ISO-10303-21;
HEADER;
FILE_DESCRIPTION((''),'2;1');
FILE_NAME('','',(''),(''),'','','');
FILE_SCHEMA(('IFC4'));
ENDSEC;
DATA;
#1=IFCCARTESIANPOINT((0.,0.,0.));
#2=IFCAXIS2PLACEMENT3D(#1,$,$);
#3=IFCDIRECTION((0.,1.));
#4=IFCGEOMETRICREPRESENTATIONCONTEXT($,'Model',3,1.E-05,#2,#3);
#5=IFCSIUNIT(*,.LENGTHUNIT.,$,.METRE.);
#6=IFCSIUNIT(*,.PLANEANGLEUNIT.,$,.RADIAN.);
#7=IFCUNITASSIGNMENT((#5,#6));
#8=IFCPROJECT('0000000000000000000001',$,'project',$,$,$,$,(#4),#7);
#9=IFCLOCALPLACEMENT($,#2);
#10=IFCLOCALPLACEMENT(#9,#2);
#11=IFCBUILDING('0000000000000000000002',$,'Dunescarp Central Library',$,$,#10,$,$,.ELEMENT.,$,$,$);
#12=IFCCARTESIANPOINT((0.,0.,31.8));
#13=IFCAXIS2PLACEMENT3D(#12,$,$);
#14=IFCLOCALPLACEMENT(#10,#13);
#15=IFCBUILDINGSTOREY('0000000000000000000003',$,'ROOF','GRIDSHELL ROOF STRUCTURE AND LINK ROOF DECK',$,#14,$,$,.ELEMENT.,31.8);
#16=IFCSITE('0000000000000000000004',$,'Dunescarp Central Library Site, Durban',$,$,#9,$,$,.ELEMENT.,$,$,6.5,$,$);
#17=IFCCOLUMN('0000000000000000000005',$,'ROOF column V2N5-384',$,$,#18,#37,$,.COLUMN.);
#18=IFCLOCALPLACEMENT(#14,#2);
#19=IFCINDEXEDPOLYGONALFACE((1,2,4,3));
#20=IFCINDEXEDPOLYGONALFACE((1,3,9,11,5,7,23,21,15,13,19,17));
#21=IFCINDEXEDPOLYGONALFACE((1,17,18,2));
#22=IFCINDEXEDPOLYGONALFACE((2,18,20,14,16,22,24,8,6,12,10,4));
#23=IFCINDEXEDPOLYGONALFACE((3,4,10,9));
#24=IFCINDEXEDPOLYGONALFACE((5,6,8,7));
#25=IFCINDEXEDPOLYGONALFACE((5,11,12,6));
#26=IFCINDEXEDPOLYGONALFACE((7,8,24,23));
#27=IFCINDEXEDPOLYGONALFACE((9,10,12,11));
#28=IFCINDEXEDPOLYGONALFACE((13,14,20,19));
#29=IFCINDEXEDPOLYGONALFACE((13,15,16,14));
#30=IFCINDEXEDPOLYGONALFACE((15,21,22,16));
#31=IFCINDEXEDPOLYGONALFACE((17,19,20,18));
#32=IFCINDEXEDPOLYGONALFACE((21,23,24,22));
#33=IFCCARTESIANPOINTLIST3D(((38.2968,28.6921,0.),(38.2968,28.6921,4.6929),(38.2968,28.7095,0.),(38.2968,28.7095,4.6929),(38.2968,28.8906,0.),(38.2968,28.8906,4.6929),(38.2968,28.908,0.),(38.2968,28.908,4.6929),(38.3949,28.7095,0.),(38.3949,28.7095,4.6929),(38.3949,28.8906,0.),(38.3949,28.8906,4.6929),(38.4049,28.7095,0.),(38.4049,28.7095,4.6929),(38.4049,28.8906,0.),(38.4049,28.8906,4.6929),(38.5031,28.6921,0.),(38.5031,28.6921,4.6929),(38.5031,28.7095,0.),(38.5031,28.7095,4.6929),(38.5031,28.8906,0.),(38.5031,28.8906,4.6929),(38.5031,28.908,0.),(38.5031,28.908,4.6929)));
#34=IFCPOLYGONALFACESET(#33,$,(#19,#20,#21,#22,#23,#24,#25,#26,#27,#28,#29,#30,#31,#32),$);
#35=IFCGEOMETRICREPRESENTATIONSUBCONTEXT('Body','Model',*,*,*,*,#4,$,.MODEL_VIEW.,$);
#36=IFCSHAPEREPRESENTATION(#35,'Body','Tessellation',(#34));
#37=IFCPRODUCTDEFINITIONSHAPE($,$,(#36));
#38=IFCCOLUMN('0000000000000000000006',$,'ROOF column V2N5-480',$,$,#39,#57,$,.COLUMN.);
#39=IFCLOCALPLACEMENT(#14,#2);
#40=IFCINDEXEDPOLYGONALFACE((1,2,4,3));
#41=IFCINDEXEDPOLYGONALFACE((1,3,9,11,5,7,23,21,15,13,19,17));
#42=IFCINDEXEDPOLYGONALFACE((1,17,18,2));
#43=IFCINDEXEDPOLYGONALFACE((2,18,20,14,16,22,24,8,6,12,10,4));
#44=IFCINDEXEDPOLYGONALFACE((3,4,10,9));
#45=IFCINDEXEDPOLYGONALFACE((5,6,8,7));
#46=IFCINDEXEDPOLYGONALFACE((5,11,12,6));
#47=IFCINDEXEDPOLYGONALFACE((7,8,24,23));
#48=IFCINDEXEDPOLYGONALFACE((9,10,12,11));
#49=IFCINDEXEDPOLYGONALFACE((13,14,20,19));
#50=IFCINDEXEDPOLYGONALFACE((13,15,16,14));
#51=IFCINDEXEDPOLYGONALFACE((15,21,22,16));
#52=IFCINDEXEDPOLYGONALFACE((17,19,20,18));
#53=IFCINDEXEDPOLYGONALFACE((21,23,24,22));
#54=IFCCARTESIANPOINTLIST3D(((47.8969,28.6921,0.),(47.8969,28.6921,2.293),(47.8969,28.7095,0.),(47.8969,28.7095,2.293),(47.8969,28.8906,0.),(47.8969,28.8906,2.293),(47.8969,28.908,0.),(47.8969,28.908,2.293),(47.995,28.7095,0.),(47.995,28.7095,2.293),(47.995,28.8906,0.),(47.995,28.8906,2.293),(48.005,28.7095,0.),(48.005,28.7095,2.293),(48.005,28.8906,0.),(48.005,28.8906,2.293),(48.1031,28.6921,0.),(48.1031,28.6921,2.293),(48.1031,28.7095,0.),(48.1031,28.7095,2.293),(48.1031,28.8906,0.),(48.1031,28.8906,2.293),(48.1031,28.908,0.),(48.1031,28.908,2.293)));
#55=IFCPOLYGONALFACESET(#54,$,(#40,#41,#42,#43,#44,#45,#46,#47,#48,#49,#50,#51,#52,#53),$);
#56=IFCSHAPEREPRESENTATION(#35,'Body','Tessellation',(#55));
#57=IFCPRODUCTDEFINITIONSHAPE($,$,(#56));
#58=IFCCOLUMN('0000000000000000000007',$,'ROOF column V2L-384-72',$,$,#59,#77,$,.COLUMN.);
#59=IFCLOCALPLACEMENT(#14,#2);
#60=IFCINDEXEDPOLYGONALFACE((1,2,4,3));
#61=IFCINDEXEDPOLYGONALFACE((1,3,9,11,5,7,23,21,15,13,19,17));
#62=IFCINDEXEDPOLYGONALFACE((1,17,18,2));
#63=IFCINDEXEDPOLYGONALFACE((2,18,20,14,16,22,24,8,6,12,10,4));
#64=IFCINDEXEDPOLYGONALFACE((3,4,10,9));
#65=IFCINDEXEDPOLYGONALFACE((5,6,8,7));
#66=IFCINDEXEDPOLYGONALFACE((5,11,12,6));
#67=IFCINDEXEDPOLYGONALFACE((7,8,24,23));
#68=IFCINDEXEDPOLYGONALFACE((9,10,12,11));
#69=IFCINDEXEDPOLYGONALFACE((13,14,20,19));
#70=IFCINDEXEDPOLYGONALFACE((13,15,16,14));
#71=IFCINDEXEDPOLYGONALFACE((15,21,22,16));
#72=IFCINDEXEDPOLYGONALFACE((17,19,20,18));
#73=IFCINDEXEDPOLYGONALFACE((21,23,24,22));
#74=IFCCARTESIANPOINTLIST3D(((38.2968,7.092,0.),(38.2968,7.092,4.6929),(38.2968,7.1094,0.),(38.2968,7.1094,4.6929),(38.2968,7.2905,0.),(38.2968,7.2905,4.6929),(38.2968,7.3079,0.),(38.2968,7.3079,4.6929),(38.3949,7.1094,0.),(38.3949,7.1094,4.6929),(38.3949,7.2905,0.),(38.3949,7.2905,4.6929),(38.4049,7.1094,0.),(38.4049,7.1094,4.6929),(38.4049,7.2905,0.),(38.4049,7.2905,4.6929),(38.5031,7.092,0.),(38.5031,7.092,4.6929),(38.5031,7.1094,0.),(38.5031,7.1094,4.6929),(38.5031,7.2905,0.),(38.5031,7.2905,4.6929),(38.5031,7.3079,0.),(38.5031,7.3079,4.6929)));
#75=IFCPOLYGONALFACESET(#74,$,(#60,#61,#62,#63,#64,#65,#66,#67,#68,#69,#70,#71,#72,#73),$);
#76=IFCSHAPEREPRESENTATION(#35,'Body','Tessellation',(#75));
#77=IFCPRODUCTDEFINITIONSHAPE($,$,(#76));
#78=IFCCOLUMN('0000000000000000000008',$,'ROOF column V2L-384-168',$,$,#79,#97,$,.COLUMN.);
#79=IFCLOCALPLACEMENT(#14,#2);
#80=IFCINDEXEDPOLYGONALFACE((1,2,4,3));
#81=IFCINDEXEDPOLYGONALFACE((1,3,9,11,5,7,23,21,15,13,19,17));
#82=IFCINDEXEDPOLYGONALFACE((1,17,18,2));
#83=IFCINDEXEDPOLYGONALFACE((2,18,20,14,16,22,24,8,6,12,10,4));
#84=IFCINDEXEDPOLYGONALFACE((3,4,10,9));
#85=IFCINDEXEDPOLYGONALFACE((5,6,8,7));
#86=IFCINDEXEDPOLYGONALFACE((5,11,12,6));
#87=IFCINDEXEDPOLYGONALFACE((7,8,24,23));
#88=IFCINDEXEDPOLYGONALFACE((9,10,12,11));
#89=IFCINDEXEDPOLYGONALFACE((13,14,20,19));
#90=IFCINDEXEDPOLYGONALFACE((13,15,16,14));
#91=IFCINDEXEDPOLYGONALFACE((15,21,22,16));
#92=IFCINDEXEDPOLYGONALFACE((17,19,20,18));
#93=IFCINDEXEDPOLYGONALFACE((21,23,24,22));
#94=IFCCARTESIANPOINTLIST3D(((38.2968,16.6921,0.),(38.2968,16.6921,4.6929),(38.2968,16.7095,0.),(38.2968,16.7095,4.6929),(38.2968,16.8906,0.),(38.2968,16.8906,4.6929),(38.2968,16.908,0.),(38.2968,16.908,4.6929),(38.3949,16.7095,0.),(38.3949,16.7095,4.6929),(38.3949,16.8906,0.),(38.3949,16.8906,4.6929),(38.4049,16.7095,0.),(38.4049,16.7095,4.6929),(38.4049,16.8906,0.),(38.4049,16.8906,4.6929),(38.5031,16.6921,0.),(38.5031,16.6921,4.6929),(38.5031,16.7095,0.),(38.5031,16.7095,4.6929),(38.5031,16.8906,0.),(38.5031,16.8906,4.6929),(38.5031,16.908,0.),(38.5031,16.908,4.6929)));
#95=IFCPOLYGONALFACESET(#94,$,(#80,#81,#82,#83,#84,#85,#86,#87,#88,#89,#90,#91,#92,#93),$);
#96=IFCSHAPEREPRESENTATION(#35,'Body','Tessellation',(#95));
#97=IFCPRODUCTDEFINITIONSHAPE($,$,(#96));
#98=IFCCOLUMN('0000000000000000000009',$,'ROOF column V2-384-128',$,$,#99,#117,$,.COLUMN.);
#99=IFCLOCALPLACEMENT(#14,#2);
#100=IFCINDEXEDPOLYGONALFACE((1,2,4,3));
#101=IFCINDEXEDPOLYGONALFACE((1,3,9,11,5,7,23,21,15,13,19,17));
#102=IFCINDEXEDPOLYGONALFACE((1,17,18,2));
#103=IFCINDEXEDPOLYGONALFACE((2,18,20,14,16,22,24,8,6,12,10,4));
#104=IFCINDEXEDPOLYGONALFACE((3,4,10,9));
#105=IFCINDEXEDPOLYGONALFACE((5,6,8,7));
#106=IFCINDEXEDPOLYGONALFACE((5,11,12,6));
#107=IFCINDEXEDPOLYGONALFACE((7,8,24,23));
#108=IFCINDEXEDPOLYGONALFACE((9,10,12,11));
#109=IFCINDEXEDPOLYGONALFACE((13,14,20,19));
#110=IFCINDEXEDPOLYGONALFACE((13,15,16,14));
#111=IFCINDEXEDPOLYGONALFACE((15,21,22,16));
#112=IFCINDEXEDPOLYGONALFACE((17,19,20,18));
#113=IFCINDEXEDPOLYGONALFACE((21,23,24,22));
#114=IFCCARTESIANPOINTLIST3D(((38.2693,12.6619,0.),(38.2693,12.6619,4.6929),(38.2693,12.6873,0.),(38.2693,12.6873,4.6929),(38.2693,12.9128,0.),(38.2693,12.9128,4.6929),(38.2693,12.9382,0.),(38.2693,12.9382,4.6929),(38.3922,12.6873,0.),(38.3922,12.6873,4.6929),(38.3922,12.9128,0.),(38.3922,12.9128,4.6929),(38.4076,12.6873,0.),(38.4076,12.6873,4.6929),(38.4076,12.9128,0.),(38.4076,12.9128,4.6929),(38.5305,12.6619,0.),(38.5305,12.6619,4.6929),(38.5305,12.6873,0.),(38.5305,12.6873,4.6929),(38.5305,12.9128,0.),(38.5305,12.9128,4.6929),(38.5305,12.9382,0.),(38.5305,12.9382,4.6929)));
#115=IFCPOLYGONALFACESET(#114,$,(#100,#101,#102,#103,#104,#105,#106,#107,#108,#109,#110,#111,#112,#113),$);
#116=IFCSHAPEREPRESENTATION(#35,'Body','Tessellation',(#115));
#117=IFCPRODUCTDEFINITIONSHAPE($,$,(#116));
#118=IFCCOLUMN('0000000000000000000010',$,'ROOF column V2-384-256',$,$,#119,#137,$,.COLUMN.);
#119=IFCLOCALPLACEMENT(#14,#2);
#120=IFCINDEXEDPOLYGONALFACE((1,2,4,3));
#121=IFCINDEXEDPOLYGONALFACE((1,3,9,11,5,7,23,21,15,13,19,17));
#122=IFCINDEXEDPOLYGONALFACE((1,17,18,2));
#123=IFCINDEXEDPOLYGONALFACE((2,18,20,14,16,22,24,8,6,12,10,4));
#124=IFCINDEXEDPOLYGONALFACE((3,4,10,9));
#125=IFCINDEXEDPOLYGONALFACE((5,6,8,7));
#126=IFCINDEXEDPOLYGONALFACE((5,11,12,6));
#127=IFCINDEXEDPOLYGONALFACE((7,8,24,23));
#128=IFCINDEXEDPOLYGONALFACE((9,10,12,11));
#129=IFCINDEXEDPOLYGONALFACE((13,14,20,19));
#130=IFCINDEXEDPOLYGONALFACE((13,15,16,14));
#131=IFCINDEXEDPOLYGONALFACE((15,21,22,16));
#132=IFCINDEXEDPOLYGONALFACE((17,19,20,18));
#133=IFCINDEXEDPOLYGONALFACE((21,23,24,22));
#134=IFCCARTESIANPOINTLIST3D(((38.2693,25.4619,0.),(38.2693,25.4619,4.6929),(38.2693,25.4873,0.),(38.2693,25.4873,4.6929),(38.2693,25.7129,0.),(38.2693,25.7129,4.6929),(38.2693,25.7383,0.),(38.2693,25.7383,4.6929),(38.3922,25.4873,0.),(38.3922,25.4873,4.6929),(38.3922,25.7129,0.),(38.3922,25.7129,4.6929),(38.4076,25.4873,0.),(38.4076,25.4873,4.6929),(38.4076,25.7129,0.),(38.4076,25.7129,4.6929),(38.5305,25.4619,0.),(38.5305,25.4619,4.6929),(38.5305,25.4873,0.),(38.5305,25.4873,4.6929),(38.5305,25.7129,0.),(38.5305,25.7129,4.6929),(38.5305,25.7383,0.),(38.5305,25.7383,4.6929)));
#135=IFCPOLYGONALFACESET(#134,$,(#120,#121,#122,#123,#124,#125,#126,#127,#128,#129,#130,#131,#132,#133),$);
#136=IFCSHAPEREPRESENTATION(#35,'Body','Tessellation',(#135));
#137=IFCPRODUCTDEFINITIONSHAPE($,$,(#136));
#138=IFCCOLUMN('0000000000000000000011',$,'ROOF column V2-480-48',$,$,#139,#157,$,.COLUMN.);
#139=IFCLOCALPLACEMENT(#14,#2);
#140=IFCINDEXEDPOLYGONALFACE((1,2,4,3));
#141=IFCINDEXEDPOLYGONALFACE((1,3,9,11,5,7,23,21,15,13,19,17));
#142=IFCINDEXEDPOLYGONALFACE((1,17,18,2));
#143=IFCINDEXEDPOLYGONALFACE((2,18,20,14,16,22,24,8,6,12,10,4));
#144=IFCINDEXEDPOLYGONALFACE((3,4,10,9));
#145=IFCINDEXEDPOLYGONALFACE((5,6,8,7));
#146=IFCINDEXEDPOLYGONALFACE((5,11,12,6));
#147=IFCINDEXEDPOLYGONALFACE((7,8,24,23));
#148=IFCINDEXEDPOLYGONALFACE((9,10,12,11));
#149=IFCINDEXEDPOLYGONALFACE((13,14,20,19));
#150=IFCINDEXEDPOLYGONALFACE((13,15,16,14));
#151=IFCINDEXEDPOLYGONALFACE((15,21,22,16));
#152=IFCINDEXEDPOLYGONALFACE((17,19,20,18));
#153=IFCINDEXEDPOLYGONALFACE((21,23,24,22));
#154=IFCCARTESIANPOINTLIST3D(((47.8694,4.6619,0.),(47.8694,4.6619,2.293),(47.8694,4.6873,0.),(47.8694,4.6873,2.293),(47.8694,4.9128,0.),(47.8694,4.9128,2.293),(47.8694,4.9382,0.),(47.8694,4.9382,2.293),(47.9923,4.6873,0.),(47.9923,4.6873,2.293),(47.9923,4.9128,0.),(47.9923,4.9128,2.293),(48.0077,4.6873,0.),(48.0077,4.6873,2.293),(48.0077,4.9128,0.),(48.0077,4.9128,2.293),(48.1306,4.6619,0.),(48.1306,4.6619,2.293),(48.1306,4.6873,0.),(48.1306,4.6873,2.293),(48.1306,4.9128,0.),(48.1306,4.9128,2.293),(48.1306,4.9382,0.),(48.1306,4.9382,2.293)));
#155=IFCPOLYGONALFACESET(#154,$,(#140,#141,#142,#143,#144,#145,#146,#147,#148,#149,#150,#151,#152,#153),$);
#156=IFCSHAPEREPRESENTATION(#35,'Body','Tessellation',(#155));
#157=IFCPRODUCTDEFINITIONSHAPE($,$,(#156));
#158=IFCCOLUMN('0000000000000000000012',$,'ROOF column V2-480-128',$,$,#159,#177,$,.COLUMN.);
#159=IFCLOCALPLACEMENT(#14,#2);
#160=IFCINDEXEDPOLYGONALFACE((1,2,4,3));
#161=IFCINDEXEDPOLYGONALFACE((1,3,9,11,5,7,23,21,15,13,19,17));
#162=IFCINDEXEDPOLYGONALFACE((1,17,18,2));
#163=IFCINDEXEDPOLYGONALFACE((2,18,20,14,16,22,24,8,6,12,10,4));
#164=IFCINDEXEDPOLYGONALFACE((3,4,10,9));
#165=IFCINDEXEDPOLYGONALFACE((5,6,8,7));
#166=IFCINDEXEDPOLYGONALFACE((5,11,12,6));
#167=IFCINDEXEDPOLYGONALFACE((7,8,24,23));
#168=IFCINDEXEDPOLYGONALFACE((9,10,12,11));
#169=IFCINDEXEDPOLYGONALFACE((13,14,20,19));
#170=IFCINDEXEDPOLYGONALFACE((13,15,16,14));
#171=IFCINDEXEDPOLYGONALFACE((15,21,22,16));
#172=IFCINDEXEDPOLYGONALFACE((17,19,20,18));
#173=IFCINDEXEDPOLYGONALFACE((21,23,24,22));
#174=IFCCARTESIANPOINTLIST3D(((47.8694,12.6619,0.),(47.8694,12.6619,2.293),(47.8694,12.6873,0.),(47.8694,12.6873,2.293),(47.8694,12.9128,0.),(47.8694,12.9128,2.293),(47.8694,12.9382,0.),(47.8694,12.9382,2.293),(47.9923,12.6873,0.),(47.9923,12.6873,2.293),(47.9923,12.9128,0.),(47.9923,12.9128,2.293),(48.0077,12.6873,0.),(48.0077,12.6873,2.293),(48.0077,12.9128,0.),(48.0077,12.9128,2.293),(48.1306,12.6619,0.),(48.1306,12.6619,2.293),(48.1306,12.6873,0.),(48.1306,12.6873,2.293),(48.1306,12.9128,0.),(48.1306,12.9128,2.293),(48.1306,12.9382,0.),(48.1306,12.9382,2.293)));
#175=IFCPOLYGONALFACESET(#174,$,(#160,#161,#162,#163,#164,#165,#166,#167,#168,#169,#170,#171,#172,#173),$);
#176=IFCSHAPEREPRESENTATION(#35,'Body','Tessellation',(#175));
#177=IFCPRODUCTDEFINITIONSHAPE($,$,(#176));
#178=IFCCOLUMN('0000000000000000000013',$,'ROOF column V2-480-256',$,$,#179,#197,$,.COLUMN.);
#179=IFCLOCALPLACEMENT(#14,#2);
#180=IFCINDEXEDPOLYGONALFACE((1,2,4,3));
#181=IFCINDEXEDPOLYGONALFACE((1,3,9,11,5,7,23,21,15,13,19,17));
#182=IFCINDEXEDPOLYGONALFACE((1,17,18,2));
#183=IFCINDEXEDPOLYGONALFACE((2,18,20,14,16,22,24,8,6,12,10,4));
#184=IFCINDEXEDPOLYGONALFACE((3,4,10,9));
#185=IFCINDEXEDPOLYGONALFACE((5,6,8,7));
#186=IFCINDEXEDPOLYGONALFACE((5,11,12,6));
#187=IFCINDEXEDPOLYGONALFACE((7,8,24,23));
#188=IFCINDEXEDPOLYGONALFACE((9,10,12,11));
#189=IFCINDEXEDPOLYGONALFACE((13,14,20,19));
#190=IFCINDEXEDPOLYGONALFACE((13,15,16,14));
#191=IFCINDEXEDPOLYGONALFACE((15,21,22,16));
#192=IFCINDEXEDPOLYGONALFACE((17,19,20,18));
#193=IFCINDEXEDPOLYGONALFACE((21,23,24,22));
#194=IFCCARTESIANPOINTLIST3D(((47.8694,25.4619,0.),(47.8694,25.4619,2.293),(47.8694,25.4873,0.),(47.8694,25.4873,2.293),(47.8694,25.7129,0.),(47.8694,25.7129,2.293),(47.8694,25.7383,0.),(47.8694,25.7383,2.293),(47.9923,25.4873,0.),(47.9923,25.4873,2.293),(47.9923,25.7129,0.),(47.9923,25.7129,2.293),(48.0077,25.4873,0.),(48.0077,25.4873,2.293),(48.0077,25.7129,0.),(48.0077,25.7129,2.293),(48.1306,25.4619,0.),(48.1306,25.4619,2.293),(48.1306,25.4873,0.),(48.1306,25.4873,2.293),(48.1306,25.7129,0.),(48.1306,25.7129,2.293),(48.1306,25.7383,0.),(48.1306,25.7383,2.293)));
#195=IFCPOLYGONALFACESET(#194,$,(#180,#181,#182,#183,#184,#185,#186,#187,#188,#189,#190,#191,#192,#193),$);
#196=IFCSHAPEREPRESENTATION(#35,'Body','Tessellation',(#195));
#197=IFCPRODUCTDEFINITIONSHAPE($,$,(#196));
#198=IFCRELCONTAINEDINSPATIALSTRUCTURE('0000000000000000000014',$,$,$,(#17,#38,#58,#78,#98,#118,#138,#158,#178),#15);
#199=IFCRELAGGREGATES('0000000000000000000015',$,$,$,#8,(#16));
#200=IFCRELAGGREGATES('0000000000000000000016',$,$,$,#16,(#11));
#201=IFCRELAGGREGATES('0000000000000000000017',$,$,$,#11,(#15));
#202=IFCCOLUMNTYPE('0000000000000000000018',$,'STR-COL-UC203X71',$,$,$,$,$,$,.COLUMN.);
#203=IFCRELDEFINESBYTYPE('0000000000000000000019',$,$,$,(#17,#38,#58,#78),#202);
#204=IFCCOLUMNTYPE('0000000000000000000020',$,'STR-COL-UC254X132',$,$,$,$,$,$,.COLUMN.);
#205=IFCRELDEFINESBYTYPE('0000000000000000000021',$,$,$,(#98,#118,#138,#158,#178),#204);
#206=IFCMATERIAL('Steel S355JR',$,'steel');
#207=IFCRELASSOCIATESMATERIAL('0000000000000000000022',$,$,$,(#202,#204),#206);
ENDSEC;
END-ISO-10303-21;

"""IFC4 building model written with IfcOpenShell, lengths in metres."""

from ifc_helpers import new_model, si_unit, direction, frame, origin, origin_2d, place, context, subcontext, project, spatial, i_section, extrude, material, material_profile, profile_set, type_object, element, save


model = new_model("IFC4")

# Units and contexts
model_context = context("Model", 3, precision=1e-05, world=origin(), true_north=direction((0.0, 1.0)))
body_context = subcontext(model_context, "Body", "Model", "MODEL_VIEW")
ifc_project = project(units=[si_unit("LENGTHUNIT", "METRE"), si_unit("PLANEANGLEUNIT", "RADIAN")], contexts=[model_context])

# Site, building, storey
site_placement = place(None, origin())
site = spatial("IfcSite", under=ifc_project, at=site_placement, Name="Dunescarp Central Library Site, Durban", CompositionType="ELEMENT", RefElevation=6.5)
building_placement = place(site_placement, origin())
building = spatial("IfcBuilding", under=site, at=building_placement, Name="Dunescarp Central Library", CompositionType="ELEMENT")
storey_placement = place(building_placement, frame((0.0, 0.0, 31.8)))
storey = spatial("IfcBuildingStorey", under=building, at=storey_placement, Name="ROOF", Description="GRIDSHELL ROOF STRUCTURE AND LINK ROOF DECK", CompositionType="ELEMENT", Elevation=31.8)

# Columns
ifc_material_1 = material(Name="Steel S355JR", Category="steel")
ifc_material_profile_1 = material_profile(ifc_material_1, i_section(OverallWidth=0.2063, OverallDepth=0.2158, WebThickness=0.01, FlangeThickness=0.0173, at=origin_2d()), Name="UC 203x203x71")
ifc_profile_set_1 = profile_set([ifc_material_profile_1], Name="Steel S355JR")
column_type_1 = type_object("IfcColumnType", Name="STR-COL-UC203X71", PredefinedType="COLUMN", material=ifc_profile_set_1)
column_1_placement = place(storey_placement, frame((38.3999, 28.8, 0.0), z_axis=(0.0, 0.0, 1.0), x_axis=(1.0, 0.0, 0.0)))
element("IfcColumn", 1, at=column_1_placement, inside=storey, type_object=column_type_1, Name="ROOF column V2N5-384", PredefinedType="COLUMN", context=body_context, shape_type="SweptSolid", body=[
    extrude(i_section(OverallWidth=0.2063, OverallDepth=0.2158, WebThickness=0.01, FlangeThickness=0.0173, at=origin_2d()), origin(), (0.0, 0.0, 1.0), 4.6929),
])
column_2_placement = place(storey_placement, frame((48.0, 28.8, 0.0), z_axis=(0.0, 0.0, 1.0), x_axis=(1.0, 0.0, 0.0)))
element("IfcColumn", 2, at=column_2_placement, inside=storey, type_object=column_type_1, Name="ROOF column V2N5-480", PredefinedType="COLUMN", context=body_context, shape_type="SweptSolid", body=[
    extrude(i_section(OverallWidth=0.2063, OverallDepth=0.2158, WebThickness=0.01, FlangeThickness=0.0173, at=origin_2d()), origin(), (0.0, 0.0, 1.0), 2.293),
])
for number, where, z_axis, x_axis, name in (
    (3, (38.3999, 7.2, 0.0), (0.0, 0.0, 1.0), (1.0, 0.0, 0.0), "ROOF column V2L-384-72"),
    (4, (38.3999, 16.8, 0.0), (0.0, 0.0, 1.0), (1.0, 0.0, 0.0), "ROOF column V2L-384-168"),
):
    element("IfcColumn", number, at=place(storey_placement, frame(where, z_axis=z_axis, x_axis=x_axis)), inside=storey, type_object=column_type_1, Name=name, PredefinedType="COLUMN", context=body_context, shape_type="SweptSolid", body=[
        extrude(i_section(OverallWidth=0.2063, OverallDepth=0.2158, WebThickness=0.01, FlangeThickness=0.0173, at=origin_2d()), origin(), (0.0, 0.0, 1.0), 4.6929),
    ])
ifc_material_profile_2 = material_profile(ifc_material_1, i_section(OverallWidth=0.2612, OverallDepth=0.2764, WebThickness=0.0154, FlangeThickness=0.0254, at=origin_2d()), Name="UC 254x254x132")
ifc_profile_set_2 = profile_set([ifc_material_profile_2], Name="Steel S355JR")
column_type_2 = type_object("IfcColumnType", Name="STR-COL-UC254X132", PredefinedType="COLUMN", material=ifc_profile_set_2)
for number, where, z_axis, x_axis, name in (
    (5, (38.3999, 12.8, 0.0), (0.0, 0.0, 1.0), (1.0, 0.0, 0.0), "ROOF column V2-384-128"),
    (6, (38.3999, 25.6001, 0.0), (0.0, 0.0, 1.0), (1.0, 0.0, 0.0), "ROOF column V2-384-256"),
):
    element("IfcColumn", number, at=place(storey_placement, frame(where, z_axis=z_axis, x_axis=x_axis)), inside=storey, type_object=column_type_2, Name=name, PredefinedType="COLUMN", context=body_context, shape_type="SweptSolid", body=[
        extrude(i_section(OverallWidth=0.2612, OverallDepth=0.2764, WebThickness=0.0154, FlangeThickness=0.0254, at=origin_2d()), origin(), (0.0, 0.0, 1.0), 4.6929),
    ])
for number, where, z_axis, x_axis, name in (
    (7, (48.0, 4.8, 0.0), (0.0, 0.0, 1.0), (1.0, 0.0, 0.0), "ROOF column V2-480-48"),
    (8, (48.0, 12.8, 0.0), (0.0, 0.0, 1.0), (1.0, 0.0, 0.0), "ROOF column V2-480-128"),
    (9, (48.0, 25.6001, 0.0), (0.0, 0.0, 1.0), (1.0, 0.0, 0.0), "ROOF column V2-480-256"),
):
    element("IfcColumn", number, at=place(storey_placement, frame(where, z_axis=z_axis, x_axis=x_axis)), inside=storey, type_object=column_type_2, Name=name, PredefinedType="COLUMN", context=body_context, shape_type="SweptSolid", body=[
        extrude(i_section(OverallWidth=0.2612, OverallDepth=0.2764, WebThickness=0.0154, FlangeThickness=0.0254, at=origin_2d()), origin(), (0.0, 0.0, 1.0), 2.293),
    ])

save(model, "model.ifc")
